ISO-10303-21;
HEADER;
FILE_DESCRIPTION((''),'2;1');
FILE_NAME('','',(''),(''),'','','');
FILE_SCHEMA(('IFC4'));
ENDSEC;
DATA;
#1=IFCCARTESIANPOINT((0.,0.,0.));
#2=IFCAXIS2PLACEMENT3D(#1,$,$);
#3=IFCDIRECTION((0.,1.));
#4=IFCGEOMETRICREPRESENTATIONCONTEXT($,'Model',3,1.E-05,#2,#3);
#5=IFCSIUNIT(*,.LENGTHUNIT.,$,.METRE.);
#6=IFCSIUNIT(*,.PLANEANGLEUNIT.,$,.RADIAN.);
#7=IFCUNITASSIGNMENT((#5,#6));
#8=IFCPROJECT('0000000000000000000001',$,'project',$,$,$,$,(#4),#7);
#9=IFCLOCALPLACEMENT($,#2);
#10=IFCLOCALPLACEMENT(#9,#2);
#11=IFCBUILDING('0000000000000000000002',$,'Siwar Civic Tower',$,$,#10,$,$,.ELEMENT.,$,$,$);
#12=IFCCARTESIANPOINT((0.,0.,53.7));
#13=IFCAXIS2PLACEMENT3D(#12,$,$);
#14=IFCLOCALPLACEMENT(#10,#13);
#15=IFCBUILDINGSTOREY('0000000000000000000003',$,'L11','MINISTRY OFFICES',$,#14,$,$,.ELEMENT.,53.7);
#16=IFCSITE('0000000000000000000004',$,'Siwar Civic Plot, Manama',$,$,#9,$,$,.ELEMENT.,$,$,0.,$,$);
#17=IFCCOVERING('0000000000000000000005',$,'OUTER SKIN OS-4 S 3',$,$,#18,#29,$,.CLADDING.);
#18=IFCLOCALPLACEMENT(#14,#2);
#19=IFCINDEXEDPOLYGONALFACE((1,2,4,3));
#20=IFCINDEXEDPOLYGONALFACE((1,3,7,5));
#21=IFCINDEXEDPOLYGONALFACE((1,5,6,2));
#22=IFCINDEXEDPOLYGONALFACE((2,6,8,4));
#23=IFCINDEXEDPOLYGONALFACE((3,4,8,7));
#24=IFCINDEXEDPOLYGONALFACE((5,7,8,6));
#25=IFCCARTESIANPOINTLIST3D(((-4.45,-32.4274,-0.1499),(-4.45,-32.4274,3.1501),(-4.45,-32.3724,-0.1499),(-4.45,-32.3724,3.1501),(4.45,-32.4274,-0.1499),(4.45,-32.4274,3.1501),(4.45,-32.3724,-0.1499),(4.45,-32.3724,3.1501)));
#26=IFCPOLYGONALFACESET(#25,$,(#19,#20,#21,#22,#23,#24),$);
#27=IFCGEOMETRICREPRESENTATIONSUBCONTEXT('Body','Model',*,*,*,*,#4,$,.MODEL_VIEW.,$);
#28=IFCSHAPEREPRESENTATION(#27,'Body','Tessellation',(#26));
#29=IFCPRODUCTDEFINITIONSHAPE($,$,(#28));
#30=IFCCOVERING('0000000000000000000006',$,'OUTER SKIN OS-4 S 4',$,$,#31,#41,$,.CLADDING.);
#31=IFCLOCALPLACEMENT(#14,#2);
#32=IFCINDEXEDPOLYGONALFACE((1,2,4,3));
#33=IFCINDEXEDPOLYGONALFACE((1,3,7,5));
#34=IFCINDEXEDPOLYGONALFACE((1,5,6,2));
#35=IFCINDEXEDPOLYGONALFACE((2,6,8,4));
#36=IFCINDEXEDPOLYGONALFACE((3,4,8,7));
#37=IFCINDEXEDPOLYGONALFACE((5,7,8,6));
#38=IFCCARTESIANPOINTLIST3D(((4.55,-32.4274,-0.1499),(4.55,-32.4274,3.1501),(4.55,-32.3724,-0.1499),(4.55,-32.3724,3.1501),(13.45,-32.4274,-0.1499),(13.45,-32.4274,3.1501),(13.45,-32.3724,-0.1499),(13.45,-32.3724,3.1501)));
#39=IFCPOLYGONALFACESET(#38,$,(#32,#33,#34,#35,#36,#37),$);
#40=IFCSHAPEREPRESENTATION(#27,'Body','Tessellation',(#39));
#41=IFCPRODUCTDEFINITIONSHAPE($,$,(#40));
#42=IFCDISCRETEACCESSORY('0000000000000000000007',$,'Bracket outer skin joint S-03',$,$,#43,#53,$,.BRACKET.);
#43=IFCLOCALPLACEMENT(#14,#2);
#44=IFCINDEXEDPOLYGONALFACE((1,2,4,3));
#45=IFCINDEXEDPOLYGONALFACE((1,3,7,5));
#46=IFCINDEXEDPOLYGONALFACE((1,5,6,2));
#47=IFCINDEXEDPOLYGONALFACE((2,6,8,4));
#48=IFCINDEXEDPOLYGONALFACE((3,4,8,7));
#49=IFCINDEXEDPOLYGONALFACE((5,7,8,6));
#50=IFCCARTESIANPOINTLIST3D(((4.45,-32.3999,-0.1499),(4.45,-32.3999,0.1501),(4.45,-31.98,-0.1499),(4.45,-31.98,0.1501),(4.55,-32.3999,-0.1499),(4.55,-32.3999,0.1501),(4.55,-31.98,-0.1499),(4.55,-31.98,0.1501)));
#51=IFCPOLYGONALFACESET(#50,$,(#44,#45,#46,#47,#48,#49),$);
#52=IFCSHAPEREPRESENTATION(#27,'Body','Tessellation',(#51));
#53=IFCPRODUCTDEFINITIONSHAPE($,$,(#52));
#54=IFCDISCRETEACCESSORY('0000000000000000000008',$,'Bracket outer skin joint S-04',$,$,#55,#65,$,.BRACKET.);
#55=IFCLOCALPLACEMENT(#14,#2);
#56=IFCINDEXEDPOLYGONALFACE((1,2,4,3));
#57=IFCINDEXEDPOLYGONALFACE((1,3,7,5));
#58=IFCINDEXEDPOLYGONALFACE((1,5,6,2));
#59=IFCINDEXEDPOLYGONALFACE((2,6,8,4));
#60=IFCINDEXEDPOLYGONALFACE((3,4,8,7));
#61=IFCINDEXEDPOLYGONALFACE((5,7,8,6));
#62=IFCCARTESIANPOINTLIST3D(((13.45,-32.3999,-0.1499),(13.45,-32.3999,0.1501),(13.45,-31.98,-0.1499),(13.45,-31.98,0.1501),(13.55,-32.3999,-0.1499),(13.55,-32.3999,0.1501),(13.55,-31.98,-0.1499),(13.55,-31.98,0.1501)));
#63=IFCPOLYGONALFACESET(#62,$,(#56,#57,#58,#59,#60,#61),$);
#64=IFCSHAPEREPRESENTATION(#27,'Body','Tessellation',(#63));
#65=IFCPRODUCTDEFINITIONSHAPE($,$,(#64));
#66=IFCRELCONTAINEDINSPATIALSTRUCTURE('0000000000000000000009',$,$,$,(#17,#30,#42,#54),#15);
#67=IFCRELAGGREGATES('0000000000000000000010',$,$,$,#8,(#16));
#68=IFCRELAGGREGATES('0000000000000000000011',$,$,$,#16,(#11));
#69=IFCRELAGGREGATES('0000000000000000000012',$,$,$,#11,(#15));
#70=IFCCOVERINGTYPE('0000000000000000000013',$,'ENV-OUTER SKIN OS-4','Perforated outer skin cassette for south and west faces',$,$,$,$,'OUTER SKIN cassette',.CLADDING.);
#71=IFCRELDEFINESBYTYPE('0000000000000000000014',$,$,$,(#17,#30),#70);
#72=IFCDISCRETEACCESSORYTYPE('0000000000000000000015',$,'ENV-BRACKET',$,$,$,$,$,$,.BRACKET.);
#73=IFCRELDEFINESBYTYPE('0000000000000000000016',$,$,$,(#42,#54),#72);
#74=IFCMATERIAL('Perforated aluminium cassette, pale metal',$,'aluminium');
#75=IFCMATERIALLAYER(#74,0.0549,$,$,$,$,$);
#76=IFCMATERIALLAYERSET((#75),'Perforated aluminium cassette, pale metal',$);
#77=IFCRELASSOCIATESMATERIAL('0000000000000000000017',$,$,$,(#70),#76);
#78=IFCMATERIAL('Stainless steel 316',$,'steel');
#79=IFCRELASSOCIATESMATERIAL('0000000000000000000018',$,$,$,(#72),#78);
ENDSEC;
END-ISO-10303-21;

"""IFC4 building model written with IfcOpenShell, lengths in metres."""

from ifc_helpers import new_model, si_unit, direction, frame, origin, origin_2d, place, context, subcontext, project, spatial, rectangle, extrude, material, layer, layer_set, type_object, element, save


model = new_model("IFC4")

# Units and contexts
model_context = context("Model", 3, precision=1e-05, world=origin(), true_north=direction((0.0, 1.0)))
body_context = subcontext(model_context, "Body", "Model", "MODEL_VIEW")
ifc_project = project(units=[si_unit("LENGTHUNIT", "METRE"), si_unit("PLANEANGLEUNIT", "RADIAN")], contexts=[model_context])

# Site, building, storey
site_placement = place(None, origin())
site = spatial("IfcSite", under=ifc_project, at=site_placement, Name="Siwar Civic Plot, Manama", CompositionType="ELEMENT", RefElevation=0.0)
building_placement = place(site_placement, origin())
building = spatial("IfcBuilding", under=site, at=building_placement, Name="Siwar Civic Tower", CompositionType="ELEMENT")
storey_placement = place(building_placement, frame((0.0, 0.0, 53.7)))
storey = spatial("IfcBuildingStorey", under=building, at=storey_placement, Name="L11", Description="MINISTRY OFFICES", CompositionType="ELEMENT", Elevation=53.7)

# Coverings
ifc_material_1 = material(Name="Perforated aluminium cassette, pale metal", Category="aluminium")
ifc_layer_1 = layer(ifc_material_1, 0.0549)
ifc_layer_set_1 = layer_set([ifc_layer_1], Name="Perforated aluminium cassette, pale metal")
covering_type = type_object("IfcCoveringType", Name="ENV-OUTER SKIN OS-4", Description="Perforated outer skin cassette for south and west faces", ElementType="OUTER SKIN cassette", PredefinedType="CLADDING", material=ifc_layer_set_1)
for number, where, z_axis, x_axis, name in (
    (1, (0.0, -32.3999, -0.1499), (0.0, 0.0, 1.0), (1.0, 0.0, 0.0), "OUTER SKIN OS-4 S 3"),
    (2, (9.0, -32.3999, -0.1499), (0.0, 0.0, 1.0), (1.0, 0.0, 0.0), "OUTER SKIN OS-4 S 4"),
):
    element("IfcCovering", number, at=place(storey_placement, frame(where, z_axis=z_axis, x_axis=x_axis)), inside=storey, type_object=covering_type, Name=name, PredefinedType="CLADDING", context=body_context, shape_type="SweptSolid", body=[
        extrude(rectangle(XDim=8.8999, YDim=0.0549, at=origin_2d()), origin(), (0.0, 0.0, 1.0), 3.3),
    ])

# Discrete accessories
ifc_material_2 = material(Name="Stainless steel 316", Category="steel")
discrete_accessory_type = type_object("IfcDiscreteAccessoryType", Name="ENV-BRACKET", PredefinedType="BRACKET", material=ifc_material_2)
for number, where, z_axis, x_axis, name in (
    (3, (4.5, -32.1899, -0.1499), (0.0, 0.0, 1.0), (0.0, -1.0, 0.0), "Bracket outer skin joint S-03"),
    (4, (13.5, -32.1899, -0.1499), (0.0, 0.0, 1.0), (0.0, -1.0, 0.0), "Bracket outer skin joint S-04"),
):
    element("IfcDiscreteAccessory", number, at=place(storey_placement, frame(where, z_axis=z_axis, x_axis=x_axis)), inside=storey, type_object=discrete_accessory_type, Name=name, PredefinedType="BRACKET", context=body_context, shape_type="SweptSolid", body=[
        extrude(rectangle(XDim=0.4199, YDim=0.1001, at=origin_2d()), origin(), (0.0, 0.0, 1.0), 0.3),
    ])

save(model, "model.ifc")
